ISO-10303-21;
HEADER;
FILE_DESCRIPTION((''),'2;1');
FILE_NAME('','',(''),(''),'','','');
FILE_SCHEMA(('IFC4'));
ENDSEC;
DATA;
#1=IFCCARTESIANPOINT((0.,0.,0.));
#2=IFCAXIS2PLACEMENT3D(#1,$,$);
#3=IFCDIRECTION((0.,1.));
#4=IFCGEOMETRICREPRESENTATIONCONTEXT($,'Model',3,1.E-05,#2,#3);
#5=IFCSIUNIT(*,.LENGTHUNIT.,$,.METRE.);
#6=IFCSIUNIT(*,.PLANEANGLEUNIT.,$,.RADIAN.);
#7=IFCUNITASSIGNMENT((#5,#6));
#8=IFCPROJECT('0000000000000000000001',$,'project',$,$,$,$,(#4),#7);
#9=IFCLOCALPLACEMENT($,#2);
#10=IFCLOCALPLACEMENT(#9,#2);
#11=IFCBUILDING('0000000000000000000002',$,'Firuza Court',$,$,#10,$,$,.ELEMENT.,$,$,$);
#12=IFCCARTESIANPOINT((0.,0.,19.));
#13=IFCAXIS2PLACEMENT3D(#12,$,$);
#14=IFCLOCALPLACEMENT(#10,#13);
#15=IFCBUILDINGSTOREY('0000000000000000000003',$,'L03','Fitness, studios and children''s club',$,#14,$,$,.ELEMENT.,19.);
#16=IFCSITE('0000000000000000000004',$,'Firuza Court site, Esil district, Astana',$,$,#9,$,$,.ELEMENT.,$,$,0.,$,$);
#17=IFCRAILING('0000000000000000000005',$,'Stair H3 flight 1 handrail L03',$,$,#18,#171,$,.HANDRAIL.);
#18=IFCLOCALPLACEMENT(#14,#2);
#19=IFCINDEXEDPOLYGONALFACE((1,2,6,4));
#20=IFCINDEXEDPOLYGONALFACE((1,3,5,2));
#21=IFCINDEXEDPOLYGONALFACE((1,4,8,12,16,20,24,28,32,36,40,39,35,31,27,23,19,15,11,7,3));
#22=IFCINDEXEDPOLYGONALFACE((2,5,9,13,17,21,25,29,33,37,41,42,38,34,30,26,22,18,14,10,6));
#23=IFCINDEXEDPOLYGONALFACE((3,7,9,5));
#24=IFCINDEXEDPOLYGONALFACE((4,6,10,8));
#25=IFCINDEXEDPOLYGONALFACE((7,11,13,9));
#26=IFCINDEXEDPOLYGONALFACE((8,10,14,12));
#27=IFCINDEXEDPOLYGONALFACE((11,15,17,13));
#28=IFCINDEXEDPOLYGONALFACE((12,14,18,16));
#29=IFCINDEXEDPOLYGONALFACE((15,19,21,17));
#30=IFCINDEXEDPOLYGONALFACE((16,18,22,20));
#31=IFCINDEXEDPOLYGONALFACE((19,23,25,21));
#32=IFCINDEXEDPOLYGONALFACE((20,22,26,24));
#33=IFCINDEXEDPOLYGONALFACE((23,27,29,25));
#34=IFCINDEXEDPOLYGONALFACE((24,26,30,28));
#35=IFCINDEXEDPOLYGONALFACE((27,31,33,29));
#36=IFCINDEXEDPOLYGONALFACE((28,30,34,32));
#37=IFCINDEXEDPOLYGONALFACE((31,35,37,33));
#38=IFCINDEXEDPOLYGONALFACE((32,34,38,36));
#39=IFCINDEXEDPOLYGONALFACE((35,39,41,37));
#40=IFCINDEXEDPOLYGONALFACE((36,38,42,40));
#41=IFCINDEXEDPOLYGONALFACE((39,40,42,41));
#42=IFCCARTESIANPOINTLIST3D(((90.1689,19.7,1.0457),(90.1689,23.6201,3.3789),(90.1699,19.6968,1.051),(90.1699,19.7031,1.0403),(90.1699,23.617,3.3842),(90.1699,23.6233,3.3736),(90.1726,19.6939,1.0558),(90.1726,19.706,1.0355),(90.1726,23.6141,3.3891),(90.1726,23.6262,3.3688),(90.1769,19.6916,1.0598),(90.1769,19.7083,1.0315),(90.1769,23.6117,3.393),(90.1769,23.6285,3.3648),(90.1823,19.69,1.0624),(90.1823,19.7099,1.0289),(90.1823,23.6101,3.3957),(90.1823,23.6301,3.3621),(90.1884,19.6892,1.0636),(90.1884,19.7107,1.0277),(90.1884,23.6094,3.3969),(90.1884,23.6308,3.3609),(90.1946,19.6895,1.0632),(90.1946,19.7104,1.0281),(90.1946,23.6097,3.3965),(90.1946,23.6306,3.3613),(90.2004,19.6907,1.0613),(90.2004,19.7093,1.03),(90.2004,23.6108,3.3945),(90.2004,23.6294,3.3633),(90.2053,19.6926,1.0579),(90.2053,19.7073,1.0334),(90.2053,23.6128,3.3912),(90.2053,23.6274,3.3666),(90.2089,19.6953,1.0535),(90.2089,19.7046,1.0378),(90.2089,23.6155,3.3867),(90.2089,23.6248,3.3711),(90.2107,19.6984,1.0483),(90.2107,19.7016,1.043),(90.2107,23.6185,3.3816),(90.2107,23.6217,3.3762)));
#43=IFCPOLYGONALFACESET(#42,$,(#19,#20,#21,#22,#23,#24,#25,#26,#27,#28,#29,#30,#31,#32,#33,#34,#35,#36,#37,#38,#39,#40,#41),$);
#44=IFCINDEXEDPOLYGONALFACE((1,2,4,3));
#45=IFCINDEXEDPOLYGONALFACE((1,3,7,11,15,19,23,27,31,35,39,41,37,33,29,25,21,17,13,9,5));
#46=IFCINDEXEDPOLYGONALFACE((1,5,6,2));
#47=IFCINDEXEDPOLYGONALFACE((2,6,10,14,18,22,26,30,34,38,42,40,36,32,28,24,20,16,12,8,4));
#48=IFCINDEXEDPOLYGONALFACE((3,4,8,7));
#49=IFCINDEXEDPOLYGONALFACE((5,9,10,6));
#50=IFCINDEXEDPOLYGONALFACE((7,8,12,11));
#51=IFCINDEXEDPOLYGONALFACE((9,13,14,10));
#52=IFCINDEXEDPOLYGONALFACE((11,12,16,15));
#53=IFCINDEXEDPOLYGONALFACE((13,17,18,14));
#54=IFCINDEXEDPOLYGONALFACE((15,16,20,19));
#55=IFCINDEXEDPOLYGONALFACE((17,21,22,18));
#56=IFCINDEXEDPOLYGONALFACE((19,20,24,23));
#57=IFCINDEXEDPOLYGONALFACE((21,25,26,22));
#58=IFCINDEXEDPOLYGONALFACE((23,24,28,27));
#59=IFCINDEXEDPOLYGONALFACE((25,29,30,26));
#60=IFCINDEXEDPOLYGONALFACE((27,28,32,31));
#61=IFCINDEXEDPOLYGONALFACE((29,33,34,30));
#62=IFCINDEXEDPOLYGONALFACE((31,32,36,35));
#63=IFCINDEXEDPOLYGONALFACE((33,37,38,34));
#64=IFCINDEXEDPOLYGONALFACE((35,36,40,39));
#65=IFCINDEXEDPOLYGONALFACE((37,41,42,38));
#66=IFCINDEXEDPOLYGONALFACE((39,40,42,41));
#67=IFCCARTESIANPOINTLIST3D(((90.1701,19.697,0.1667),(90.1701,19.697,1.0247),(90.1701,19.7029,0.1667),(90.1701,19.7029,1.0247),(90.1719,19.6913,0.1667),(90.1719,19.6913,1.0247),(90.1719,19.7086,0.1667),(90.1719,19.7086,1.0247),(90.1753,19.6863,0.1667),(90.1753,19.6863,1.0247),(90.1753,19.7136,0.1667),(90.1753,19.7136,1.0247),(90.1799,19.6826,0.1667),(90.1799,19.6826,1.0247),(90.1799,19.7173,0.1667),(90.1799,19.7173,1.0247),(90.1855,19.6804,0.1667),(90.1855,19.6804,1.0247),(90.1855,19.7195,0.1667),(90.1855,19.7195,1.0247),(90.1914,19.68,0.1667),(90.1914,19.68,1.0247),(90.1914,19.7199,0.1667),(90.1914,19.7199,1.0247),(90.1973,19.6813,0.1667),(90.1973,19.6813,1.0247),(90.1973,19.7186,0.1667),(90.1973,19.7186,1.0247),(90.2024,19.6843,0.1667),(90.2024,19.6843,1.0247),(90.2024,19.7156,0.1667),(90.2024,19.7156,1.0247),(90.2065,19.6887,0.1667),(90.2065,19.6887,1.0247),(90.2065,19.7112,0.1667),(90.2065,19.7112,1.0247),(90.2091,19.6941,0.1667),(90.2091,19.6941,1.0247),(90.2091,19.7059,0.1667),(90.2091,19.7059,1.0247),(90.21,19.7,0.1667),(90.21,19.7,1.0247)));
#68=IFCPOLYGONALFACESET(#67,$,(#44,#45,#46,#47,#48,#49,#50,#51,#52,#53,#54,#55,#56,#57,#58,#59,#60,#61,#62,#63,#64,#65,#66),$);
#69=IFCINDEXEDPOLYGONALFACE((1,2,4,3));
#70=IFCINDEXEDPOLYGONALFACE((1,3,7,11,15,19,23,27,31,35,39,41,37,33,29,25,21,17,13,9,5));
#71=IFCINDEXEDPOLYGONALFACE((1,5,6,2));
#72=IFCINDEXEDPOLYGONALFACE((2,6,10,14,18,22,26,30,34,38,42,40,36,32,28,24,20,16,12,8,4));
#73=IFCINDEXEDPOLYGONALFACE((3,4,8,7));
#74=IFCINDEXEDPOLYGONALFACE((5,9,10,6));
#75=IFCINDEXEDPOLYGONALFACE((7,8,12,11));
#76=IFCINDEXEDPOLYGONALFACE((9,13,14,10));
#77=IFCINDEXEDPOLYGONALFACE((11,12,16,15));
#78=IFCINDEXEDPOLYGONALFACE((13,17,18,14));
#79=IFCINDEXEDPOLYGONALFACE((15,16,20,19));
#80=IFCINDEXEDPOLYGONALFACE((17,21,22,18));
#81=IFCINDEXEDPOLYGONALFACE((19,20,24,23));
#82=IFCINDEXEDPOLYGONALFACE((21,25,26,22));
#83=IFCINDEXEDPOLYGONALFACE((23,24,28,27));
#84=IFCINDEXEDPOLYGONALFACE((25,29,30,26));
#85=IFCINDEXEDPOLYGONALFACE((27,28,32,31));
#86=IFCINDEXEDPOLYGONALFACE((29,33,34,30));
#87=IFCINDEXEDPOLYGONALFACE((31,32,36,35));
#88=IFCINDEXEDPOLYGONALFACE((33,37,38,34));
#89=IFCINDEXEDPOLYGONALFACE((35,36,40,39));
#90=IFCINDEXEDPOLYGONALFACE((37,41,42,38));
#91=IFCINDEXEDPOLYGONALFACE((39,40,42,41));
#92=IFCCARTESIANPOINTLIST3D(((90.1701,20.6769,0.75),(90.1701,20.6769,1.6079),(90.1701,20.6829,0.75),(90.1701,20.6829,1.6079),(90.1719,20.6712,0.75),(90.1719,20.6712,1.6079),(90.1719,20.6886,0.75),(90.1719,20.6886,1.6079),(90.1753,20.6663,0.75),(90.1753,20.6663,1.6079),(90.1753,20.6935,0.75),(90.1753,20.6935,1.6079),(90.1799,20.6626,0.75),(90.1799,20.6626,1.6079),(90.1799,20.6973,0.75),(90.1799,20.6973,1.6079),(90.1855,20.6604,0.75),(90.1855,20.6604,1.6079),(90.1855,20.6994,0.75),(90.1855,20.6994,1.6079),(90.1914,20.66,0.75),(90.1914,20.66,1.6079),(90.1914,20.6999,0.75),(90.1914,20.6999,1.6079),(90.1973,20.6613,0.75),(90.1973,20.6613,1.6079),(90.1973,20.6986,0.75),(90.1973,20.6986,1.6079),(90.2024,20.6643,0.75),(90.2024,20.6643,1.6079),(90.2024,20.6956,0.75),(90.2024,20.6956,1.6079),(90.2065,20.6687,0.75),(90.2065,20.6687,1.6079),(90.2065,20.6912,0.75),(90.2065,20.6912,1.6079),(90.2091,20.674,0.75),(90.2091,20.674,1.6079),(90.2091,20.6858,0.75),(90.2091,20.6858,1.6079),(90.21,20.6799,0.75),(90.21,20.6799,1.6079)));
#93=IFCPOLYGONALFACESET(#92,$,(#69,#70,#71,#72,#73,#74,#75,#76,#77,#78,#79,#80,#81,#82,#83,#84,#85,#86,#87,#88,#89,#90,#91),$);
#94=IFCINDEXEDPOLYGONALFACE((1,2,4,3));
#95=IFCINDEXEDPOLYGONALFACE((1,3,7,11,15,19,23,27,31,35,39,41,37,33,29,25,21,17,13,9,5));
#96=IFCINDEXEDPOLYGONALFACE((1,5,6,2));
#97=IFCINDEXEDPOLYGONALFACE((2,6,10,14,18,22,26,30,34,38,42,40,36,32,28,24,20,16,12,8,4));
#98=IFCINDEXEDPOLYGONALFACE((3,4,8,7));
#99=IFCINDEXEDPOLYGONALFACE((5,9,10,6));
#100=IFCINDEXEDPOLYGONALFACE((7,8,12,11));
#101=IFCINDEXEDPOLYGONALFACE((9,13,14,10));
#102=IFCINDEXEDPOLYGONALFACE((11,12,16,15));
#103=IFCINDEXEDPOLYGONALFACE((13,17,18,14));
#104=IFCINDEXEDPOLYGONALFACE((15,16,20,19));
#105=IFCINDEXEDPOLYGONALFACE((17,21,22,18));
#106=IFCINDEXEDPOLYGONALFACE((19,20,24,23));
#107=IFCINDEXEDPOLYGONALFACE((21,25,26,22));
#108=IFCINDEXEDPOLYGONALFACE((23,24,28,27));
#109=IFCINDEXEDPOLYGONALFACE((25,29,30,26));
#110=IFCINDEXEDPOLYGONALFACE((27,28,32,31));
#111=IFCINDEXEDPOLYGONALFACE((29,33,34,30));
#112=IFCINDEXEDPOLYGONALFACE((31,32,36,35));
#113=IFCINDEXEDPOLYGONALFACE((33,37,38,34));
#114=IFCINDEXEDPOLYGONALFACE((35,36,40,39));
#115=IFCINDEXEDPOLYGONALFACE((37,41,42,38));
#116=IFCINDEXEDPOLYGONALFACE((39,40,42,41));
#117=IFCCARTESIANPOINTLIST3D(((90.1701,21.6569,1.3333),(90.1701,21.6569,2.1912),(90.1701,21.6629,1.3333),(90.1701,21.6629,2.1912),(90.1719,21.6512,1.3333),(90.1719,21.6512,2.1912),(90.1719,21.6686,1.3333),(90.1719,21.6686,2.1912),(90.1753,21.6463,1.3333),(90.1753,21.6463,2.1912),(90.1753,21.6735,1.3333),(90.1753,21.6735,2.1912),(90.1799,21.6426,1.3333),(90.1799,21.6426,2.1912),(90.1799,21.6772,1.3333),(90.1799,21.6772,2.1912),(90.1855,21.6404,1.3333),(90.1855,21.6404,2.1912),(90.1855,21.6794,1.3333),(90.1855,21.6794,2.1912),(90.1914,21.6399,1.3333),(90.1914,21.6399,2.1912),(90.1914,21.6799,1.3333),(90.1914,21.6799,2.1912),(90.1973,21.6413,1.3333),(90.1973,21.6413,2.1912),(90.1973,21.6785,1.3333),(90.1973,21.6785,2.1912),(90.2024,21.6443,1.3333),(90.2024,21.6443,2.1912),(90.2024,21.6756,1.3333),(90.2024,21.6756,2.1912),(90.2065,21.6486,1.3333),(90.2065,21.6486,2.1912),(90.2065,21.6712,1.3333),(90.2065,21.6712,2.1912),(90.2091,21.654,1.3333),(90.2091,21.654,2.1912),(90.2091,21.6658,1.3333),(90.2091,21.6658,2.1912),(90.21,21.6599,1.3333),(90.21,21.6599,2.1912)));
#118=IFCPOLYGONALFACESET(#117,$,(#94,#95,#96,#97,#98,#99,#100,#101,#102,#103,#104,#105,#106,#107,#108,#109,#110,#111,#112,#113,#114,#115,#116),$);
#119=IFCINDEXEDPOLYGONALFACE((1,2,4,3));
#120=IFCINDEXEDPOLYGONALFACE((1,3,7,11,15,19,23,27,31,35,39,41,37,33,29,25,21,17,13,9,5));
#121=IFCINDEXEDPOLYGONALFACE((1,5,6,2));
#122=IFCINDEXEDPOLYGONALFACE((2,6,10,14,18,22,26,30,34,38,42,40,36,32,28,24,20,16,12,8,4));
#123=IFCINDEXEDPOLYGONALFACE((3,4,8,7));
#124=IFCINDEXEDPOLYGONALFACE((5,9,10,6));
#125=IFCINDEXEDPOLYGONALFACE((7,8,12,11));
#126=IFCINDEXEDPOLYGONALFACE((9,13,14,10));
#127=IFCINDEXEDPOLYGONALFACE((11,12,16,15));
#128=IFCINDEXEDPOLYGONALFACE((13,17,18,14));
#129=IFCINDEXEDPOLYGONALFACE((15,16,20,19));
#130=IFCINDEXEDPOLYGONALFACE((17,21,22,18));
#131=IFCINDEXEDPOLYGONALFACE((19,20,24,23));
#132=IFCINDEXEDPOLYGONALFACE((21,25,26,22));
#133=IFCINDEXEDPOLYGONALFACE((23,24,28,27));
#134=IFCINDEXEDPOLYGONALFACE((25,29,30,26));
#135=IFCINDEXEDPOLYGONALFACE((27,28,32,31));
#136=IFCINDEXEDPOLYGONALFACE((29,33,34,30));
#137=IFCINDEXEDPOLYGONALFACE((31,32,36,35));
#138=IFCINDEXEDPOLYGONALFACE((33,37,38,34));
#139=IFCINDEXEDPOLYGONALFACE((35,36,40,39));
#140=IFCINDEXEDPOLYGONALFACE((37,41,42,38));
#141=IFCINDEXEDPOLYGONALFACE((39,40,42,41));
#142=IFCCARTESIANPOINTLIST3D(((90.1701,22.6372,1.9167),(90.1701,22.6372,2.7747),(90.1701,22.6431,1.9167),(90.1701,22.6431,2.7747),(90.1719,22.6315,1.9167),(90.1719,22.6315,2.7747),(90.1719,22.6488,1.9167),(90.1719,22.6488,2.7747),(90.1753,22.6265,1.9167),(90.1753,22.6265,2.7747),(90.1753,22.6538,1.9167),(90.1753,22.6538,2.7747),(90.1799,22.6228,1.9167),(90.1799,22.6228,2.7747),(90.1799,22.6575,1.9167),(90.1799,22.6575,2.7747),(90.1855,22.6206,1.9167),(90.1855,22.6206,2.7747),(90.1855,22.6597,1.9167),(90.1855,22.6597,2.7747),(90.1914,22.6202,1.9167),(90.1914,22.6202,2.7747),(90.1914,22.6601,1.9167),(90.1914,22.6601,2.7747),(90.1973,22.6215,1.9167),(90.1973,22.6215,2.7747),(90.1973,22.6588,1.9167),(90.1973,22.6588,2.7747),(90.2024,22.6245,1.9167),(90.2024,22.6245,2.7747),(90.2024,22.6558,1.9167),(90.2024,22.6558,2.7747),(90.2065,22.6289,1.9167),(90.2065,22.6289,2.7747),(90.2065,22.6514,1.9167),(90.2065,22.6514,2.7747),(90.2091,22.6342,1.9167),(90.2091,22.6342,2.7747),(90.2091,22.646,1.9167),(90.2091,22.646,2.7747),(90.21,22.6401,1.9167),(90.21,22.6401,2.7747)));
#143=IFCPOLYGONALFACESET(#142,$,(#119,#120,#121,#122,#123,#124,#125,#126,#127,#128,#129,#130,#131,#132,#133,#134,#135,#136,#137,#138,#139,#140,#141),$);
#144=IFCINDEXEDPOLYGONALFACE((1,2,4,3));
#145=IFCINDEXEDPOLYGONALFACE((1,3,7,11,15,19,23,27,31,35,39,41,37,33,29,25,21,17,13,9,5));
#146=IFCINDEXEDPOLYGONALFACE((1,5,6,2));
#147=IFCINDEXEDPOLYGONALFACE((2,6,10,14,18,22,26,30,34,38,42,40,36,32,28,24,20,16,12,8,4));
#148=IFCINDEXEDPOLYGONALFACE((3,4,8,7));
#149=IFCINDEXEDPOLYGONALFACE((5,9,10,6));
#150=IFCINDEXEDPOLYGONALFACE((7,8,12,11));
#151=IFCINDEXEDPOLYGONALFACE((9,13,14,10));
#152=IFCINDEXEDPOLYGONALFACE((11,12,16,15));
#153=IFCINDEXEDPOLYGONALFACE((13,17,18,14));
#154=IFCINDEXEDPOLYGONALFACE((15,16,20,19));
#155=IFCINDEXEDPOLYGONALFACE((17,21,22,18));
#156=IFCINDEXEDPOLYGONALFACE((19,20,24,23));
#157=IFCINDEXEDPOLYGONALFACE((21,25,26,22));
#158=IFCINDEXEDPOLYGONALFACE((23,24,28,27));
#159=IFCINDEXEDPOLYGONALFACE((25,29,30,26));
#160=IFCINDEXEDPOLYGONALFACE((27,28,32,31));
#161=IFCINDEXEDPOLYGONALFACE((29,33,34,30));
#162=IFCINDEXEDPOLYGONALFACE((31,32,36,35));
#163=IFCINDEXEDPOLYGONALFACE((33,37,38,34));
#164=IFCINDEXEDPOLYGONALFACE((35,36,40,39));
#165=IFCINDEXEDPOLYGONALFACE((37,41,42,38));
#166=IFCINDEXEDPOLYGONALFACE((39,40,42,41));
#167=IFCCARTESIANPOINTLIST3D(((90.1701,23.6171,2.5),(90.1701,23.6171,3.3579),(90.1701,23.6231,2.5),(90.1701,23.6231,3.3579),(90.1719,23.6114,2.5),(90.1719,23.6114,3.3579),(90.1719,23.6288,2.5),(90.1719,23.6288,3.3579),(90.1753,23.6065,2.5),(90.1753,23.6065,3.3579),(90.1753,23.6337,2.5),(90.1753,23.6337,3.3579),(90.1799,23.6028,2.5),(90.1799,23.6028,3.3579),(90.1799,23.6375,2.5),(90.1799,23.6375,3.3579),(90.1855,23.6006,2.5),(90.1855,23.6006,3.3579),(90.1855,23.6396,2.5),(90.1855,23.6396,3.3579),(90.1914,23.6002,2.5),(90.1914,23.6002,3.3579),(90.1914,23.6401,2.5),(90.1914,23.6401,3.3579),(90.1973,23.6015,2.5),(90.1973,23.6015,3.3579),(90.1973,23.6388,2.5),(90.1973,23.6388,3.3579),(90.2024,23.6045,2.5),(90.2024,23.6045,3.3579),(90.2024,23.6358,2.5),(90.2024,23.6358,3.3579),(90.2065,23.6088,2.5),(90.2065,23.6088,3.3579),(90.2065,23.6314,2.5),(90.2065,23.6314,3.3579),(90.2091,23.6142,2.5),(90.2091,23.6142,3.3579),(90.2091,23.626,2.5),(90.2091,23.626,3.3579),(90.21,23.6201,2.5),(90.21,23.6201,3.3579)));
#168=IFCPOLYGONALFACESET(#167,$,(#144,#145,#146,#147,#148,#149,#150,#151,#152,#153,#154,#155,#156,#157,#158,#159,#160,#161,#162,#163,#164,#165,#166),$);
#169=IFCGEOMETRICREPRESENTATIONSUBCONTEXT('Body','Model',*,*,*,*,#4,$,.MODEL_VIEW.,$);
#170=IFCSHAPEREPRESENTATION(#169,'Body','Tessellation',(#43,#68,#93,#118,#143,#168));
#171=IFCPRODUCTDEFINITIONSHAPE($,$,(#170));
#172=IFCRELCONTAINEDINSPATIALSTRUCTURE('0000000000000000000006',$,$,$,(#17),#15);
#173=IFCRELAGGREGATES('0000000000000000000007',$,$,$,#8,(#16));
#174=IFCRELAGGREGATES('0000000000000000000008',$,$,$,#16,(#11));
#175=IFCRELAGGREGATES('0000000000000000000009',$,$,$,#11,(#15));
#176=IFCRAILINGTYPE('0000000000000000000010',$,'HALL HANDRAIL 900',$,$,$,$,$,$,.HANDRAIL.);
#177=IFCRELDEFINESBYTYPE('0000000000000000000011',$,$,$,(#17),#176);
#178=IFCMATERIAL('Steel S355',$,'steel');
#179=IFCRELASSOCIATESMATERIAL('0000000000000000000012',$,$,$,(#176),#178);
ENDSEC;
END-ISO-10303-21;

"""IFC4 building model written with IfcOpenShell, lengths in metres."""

from ifc_helpers import new_model, si_unit, direction, frame, origin, origin_2d, place, context, subcontext, project, spatial, circle, extrude, material, type_object, element, save


model = new_model("IFC4")

# Units and contexts
model_context = context("Model", 3, precision=1e-05, world=origin(), true_north=direction((0.0, 1.0)))
body_context = subcontext(model_context, "Body", "Model", "MODEL_VIEW")
ifc_project = project(units=[si_unit("LENGTHUNIT", "METRE"), si_unit("PLANEANGLEUNIT", "RADIAN")], contexts=[model_context])

# Site, building, storey
site_placement = place(None, origin())
site = spatial("IfcSite", under=ifc_project, at=site_placement, Name="Firuza Court site, Esil district, Astana", CompositionType="ELEMENT", RefElevation=0.0)
building_placement = place(site_placement, origin())
building = spatial("IfcBuilding", under=site, at=building_placement, Name="Firuza Court", CompositionType="ELEMENT")
storey_placement = place(building_placement, frame((0.0, 0.0, 19.0)))
storey = spatial("IfcBuildingStorey", under=building, at=storey_placement, Name="L03", Description="Fitness, studios and children's club", CompositionType="ELEMENT", Elevation=19.0)

# Railing
ifc_material_1 = material(Name="Steel S355", Category="steel")
railing_type = type_object("IfcRailingType", Name="HALL HANDRAIL 900", PredefinedType="HANDRAIL", material=ifc_material_1)
railing_1_placement = place(storey_placement, frame((90.1899, 19.7, 0.1667)))
element("IfcRailing", 1, at=railing_1_placement, inside=storey, type_object=railing_type, Name="Stair H3 flight 1 handrail L03", PredefinedType="HANDRAIL", context=body_context, shape_type="SweptSolid", body=[
    extrude(circle(Radius=0.021, at=origin_2d()), frame((0.0, 0.0, 0.8789), z_axis=(0.0, 0.85931, 0.511455), x_axis=(-1.0, 0.0, 0.0)), (0.0, 0.0, 1.0), 4.562),
    extrude(circle(Radius=0.02, at=origin_2d()), origin(), (0.0, 0.0, 1.0), 0.8579),
    extrude(circle(Radius=0.02, at=origin_2d()), frame((0.0, 0.98, 0.5833)), (0.0, 0.0, 1.0), 0.8579),
    extrude(circle(Radius=0.02, at=origin_2d()), frame((0.0, 1.96, 1.1665)), (0.0, 0.0, 1.0), 0.8579),
    extrude(circle(Radius=0.02, at=origin_2d()), frame((0.0, 2.9402, 1.75)), (0.0, 0.0, 1.0), 0.8579),
    extrude(circle(Radius=0.02, at=origin_2d()), frame((0.0, 3.9202, 2.3333)), (0.0, 0.0, 1.0), 0.8579),
])

save(model, "model.ifc")
